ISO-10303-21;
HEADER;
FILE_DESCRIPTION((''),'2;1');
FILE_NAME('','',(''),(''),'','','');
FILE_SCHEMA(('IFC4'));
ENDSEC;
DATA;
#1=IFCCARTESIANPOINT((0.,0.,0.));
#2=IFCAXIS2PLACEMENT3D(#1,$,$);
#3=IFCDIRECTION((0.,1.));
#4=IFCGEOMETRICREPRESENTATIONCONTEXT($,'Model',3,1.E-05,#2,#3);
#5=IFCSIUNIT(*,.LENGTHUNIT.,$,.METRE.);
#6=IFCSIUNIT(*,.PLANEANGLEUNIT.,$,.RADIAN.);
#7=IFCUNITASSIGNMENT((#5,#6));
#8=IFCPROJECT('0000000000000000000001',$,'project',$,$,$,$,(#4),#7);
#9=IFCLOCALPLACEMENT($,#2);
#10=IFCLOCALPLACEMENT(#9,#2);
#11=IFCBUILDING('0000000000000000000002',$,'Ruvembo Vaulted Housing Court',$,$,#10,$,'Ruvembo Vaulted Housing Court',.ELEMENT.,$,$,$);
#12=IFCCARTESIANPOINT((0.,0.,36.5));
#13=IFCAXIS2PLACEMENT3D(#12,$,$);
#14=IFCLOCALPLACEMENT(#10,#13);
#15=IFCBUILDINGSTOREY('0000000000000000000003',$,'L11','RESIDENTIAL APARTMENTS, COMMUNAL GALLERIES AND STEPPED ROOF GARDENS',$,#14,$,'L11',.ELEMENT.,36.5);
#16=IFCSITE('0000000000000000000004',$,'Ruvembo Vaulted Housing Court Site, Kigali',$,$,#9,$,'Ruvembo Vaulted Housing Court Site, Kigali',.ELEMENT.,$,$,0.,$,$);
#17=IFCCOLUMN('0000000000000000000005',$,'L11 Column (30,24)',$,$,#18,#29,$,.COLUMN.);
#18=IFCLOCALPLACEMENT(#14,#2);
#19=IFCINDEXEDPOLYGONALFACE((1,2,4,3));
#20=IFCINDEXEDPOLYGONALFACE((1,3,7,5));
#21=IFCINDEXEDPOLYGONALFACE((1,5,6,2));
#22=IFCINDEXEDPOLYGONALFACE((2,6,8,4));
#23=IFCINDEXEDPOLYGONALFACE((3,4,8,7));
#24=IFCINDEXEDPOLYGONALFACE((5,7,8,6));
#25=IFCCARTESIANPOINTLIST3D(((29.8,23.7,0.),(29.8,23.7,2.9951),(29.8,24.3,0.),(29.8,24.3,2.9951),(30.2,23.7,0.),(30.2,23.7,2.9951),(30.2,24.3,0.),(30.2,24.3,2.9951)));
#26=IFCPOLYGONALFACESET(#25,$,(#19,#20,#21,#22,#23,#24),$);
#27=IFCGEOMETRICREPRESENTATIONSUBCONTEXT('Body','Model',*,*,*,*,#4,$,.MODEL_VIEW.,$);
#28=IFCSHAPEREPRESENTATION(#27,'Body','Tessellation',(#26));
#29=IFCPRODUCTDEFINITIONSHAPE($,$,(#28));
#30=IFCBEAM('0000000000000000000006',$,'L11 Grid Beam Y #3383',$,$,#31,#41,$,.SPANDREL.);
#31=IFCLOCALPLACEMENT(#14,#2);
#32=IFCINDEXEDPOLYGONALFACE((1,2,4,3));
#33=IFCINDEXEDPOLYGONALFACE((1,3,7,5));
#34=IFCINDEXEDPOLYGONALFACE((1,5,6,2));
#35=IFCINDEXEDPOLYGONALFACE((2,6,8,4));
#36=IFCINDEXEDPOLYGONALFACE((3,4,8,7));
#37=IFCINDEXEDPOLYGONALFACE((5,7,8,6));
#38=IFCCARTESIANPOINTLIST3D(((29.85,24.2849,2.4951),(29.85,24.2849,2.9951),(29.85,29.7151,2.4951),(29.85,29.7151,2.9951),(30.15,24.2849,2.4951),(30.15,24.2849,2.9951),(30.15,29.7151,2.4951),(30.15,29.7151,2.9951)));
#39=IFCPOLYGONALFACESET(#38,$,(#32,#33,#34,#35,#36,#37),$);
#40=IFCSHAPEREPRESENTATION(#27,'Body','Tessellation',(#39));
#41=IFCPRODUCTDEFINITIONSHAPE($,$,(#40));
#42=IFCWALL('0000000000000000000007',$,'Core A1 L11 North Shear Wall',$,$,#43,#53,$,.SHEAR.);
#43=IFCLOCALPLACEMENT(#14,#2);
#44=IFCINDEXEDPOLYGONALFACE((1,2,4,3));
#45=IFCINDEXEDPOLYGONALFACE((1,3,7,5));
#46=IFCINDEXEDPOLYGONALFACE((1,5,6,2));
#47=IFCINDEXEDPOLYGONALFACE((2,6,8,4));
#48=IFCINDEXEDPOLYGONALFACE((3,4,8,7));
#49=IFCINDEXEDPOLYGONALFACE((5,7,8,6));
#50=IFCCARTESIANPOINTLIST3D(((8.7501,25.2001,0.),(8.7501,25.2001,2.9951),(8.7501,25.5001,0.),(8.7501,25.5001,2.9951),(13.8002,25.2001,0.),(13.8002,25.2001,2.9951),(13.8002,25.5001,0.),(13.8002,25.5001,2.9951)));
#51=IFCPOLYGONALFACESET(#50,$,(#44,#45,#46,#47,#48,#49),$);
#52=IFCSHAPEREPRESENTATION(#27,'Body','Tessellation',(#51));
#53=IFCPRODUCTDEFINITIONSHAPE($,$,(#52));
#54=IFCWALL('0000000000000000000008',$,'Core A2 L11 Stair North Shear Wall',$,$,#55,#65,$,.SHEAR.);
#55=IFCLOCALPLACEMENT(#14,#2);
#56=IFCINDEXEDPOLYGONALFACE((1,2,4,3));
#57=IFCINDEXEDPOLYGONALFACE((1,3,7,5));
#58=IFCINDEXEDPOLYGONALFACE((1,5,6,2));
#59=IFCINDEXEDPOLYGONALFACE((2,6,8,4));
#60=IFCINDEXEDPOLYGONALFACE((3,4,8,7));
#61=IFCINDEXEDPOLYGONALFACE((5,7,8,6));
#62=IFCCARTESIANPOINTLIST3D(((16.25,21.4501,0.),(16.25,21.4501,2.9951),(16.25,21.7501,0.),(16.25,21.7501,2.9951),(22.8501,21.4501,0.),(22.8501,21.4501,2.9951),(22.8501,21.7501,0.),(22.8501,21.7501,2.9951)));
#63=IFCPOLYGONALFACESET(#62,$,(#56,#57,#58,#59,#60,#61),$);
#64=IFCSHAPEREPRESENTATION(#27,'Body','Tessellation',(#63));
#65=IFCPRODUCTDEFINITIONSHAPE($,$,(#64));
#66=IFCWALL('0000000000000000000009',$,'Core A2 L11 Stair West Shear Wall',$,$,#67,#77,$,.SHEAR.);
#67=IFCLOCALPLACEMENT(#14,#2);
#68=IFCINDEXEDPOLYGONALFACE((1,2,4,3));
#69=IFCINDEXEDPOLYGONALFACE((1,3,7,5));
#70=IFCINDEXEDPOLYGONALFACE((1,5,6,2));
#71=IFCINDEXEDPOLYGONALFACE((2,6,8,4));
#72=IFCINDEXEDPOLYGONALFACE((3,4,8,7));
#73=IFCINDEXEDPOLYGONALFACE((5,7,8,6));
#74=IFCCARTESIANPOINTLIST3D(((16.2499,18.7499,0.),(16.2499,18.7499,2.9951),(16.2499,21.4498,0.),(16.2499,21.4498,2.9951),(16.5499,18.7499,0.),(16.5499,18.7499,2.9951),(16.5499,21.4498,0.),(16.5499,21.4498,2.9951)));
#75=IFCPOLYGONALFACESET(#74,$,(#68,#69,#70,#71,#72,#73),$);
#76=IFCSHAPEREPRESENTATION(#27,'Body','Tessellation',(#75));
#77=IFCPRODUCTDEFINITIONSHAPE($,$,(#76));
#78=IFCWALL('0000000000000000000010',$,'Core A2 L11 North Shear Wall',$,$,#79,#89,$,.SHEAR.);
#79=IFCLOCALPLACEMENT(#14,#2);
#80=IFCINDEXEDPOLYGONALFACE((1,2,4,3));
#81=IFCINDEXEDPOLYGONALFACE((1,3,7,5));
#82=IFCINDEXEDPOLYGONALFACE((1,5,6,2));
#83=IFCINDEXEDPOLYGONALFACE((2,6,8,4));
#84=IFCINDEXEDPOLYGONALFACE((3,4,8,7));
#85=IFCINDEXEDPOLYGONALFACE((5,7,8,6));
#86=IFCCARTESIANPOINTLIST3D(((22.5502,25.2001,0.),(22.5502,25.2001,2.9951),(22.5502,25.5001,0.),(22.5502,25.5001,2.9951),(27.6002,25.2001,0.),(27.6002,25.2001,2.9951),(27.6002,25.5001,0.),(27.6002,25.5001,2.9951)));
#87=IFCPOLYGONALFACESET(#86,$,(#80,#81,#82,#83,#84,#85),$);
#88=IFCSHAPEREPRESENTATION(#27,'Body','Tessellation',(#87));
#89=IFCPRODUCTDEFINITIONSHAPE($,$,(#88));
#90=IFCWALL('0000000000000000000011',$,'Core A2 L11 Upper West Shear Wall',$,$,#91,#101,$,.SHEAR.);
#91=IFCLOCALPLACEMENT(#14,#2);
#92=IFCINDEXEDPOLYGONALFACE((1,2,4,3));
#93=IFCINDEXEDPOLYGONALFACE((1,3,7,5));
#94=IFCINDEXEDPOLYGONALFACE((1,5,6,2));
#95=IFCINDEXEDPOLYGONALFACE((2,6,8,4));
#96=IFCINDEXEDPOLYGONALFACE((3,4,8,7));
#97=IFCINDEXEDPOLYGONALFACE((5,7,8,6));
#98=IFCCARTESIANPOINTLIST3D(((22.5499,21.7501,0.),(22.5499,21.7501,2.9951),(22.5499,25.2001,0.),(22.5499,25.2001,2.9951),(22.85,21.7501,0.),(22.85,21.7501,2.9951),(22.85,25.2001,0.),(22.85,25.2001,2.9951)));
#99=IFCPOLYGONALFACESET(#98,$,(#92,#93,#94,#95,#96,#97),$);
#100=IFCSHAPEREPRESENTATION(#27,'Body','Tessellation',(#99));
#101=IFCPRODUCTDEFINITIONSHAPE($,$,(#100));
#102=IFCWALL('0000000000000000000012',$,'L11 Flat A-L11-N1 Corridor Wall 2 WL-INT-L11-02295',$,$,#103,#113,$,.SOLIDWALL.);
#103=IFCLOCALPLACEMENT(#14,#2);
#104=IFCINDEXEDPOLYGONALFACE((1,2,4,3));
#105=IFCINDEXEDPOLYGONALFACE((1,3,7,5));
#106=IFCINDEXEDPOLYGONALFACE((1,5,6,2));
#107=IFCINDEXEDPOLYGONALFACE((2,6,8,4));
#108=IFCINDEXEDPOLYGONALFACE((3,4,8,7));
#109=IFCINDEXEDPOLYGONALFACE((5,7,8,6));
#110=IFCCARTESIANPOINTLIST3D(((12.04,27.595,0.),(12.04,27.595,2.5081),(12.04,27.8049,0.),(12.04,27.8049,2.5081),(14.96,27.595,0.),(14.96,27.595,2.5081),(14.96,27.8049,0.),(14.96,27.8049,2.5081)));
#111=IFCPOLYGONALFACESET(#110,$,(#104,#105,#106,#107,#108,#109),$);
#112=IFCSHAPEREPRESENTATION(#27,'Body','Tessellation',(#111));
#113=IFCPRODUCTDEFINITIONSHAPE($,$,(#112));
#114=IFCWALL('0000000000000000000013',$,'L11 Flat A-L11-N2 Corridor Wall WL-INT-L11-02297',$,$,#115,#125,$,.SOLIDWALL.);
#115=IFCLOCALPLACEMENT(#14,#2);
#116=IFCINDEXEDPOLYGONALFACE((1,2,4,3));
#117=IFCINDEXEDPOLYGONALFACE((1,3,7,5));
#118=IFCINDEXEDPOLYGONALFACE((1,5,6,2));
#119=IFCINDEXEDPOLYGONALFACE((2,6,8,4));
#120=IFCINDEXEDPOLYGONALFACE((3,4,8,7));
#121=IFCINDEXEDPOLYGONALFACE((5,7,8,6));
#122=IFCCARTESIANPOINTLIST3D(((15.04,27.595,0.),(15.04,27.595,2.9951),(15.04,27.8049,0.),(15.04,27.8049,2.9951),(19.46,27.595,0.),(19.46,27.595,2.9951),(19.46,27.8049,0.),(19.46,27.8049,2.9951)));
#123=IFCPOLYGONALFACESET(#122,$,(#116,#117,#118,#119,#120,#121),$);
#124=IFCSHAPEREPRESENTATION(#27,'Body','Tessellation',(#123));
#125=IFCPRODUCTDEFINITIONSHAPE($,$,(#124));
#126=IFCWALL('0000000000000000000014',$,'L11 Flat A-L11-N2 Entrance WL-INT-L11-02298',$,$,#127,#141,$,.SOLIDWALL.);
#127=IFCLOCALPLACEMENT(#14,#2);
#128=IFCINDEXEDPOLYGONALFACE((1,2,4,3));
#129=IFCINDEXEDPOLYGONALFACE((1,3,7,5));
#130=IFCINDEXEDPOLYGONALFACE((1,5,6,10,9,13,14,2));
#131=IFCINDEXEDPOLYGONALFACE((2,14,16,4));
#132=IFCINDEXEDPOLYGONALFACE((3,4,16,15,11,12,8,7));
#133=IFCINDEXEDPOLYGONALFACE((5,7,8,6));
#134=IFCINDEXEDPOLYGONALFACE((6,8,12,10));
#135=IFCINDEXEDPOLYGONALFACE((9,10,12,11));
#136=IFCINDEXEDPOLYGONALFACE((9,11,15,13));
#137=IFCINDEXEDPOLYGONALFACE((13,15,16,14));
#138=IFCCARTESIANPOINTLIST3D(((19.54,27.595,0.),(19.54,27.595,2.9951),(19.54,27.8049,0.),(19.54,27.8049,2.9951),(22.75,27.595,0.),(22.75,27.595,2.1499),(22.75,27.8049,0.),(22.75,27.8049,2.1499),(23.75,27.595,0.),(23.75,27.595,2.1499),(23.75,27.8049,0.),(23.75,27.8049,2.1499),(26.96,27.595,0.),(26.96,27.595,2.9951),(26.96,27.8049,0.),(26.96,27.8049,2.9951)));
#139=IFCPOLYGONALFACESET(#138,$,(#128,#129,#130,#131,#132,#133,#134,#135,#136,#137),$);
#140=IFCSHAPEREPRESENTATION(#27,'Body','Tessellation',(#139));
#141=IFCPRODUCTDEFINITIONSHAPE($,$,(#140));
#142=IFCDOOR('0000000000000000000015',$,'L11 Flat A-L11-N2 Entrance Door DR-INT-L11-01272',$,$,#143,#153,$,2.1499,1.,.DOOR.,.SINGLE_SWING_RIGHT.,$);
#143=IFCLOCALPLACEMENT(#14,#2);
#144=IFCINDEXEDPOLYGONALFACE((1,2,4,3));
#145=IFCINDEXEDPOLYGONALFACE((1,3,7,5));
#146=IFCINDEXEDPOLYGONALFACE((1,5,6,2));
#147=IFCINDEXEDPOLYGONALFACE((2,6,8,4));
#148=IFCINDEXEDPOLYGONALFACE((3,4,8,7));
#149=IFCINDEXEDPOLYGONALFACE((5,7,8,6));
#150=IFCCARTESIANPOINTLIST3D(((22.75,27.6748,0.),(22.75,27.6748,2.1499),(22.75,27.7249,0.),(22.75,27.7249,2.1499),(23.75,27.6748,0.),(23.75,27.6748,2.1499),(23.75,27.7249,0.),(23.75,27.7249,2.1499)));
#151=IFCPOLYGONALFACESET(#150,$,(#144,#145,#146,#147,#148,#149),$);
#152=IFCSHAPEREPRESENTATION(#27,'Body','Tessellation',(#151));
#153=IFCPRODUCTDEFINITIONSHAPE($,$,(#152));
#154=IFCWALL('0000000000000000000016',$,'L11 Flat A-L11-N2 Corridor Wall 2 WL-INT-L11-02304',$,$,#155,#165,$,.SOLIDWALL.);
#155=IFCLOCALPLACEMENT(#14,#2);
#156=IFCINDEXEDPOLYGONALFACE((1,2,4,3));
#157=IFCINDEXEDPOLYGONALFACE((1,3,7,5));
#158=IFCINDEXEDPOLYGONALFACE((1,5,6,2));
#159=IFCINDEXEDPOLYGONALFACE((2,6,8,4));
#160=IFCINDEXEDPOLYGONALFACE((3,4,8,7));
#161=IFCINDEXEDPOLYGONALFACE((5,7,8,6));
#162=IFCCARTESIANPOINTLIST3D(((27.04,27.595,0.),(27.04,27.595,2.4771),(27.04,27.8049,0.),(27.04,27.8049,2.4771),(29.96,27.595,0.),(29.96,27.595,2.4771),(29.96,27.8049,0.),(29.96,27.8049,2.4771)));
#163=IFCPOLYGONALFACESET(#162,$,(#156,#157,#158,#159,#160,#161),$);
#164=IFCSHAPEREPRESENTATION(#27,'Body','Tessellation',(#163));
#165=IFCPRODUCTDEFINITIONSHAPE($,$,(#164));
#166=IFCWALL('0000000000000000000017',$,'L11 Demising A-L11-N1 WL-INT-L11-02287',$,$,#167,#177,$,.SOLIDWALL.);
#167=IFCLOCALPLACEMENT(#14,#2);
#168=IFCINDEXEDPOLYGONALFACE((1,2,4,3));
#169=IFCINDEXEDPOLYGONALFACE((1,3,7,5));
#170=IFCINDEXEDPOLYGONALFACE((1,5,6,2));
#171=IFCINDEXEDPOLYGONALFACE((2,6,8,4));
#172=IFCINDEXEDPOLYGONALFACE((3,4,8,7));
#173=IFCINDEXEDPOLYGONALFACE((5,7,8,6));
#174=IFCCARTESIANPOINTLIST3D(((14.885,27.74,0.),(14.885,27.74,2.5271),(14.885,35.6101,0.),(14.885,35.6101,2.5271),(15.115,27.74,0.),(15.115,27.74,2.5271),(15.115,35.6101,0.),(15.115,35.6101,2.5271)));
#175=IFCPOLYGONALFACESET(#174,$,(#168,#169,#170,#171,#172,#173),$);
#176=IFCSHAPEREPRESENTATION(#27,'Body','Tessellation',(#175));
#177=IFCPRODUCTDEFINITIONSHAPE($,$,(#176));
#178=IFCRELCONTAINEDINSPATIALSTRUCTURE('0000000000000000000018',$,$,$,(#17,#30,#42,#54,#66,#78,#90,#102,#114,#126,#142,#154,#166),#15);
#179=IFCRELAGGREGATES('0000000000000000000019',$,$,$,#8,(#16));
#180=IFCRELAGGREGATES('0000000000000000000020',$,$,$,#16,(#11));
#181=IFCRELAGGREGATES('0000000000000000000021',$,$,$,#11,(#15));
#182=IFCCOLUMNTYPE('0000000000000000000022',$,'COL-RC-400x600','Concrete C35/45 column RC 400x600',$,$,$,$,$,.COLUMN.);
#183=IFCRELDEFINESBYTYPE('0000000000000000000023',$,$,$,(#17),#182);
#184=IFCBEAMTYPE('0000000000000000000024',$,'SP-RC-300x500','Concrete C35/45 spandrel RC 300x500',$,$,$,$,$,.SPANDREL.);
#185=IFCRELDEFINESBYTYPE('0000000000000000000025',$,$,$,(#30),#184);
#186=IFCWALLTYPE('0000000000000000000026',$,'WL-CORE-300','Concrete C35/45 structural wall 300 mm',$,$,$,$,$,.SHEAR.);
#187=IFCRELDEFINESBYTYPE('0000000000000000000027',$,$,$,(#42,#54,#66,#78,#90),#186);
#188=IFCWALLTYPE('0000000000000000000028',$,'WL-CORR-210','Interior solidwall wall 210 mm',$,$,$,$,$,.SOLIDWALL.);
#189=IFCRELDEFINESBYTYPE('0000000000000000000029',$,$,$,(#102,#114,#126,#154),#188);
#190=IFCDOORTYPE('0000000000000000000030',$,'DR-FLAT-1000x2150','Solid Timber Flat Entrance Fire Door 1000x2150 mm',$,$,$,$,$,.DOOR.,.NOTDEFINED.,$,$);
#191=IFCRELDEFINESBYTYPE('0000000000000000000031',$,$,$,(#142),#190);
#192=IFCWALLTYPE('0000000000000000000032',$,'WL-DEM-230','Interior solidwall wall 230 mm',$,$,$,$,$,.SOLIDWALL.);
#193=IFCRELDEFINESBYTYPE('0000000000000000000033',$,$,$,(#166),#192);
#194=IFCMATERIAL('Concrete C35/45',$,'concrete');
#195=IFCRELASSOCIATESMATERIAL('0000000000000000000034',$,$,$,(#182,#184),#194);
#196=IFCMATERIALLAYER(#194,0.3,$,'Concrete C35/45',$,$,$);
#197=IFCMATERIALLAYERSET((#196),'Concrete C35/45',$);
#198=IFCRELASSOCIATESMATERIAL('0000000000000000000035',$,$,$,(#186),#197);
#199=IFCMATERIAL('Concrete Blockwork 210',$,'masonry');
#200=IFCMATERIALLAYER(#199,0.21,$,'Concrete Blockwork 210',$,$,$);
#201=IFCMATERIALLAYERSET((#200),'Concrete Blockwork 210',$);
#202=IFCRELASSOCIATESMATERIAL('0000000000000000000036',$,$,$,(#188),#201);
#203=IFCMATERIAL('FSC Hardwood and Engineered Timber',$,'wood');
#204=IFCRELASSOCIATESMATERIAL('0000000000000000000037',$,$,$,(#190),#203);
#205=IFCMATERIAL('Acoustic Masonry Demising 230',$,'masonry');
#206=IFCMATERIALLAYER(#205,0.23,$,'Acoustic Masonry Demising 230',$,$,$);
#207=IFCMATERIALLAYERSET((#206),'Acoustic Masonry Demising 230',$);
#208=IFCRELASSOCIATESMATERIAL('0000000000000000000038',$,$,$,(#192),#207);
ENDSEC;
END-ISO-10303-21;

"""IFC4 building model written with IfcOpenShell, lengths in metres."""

from ifc_helpers import new_model, si_unit, direction, frame, frame_2d, origin, origin_2d, place, context, subcontext, project, spatial, rectangle, extrude, material, layer, layer_set, material_profile, profile_set, type_object, element, fill, save


model = new_model("IFC4")

# Units and contexts
model_context = context("Model", 3, precision=1e-05, world=origin(), true_north=direction((0.0, 1.0)))
body_context = subcontext(model_context, "Body", "Model", "MODEL_VIEW")
ifc_project = project(units=[si_unit("LENGTHUNIT", "METRE"), si_unit("PLANEANGLEUNIT", "RADIAN")], contexts=[model_context])

# Site, building, storey
site_placement = place(None, origin())
site = spatial("IfcSite", under=ifc_project, at=site_placement, Name="Ruvembo Vaulted Housing Court Site, Kigali", LongName="Ruvembo Vaulted Housing Court Site, Kigali", CompositionType="ELEMENT", RefElevation=0.0)
building_placement = place(site_placement, origin())
building = spatial("IfcBuilding", under=site, at=building_placement, Name="Ruvembo Vaulted Housing Court", LongName="Ruvembo Vaulted Housing Court", CompositionType="ELEMENT")
storey_placement = place(building_placement, frame((0.0, 0.0, 36.5)))
storey = spatial("IfcBuildingStorey", under=building, at=storey_placement, Name="L11", Description="RESIDENTIAL APARTMENTS, COMMUNAL GALLERIES AND STEPPED ROOF GARDENS", LongName="L11", CompositionType="ELEMENT", Elevation=36.5)

# Column
ifc_material_1 = material(Name="Concrete C35/45", Category="concrete")
ifc_material_profile_1 = material_profile(ifc_material_1, rectangle(XDim=0.3999, YDim=0.6001, at=origin_2d()), Name="RC 400x600")
ifc_profile_set_1 = profile_set([ifc_material_profile_1], Name="Concrete C35/45")
column_type = type_object("IfcColumnType", Name="COL-RC-400x600", Description="Concrete C35/45 column RC 400x600", PredefinedType="COLUMN", material=ifc_profile_set_1)
column_placement = place(storey_placement, frame((30.0, 24.0, 0.0), z_axis=(0.0, 0.0, 1.0), x_axis=(1.0, 0.0, 0.0)))
element("IfcColumn", 1, at=column_placement, inside=storey, type_object=column_type, Name="L11 Column (30,24)", PredefinedType="COLUMN", context=body_context, shape_type="SweptSolid", body=[
    extrude(rectangle(XDim=0.3999, YDim=0.6001, at=origin_2d()), origin(), (0.0, 0.0, 1.0), 2.9951),
])

# Beam
ifc_material_profile_2 = material_profile(ifc_material_1, rectangle(XDim=0.3, YDim=0.5, at=origin_2d()), Name="RC 300x500")
ifc_profile_set_2 = profile_set([ifc_material_profile_2], Name="Concrete C35/45")
beam_type = type_object("IfcBeamType", Name="SP-RC-300x500", Description="Concrete C35/45 spandrel RC 300x500", PredefinedType="SPANDREL", material=ifc_profile_set_2)
beam_placement = place(storey_placement, frame((30.0, 24.2849, 2.7451), z_axis=(0.0, 1.0, 0.0), x_axis=(-1.0, 0.0, 0.0)))
element("IfcBeam", 2, at=beam_placement, inside=storey, type_object=beam_type, Name="L11 Grid Beam Y #3383", PredefinedType="SPANDREL", context=body_context, shape_type="SweptSolid", body=[
    extrude(rectangle(XDim=0.3, YDim=0.5, at=origin_2d()), origin(), (0.0, 0.0, 1.0), 5.4302),
])

# Walls
ifc_layer_1 = layer(ifc_material_1, 0.3, Name="Concrete C35/45")
ifc_layer_set_1 = layer_set([ifc_layer_1], Name="Concrete C35/45")
wall_type_1 = type_object("IfcWallType", Name="WL-CORE-300", Description="Concrete C35/45 structural wall 300 mm", PredefinedType="SHEAR", material=ifc_layer_set_1)
wall_1_placement = place(storey_placement, frame((13.8, 25.3501, 0.0), z_axis=(0.0, 0.0, 1.0), x_axis=(-1.0, 0.0, 0.0)))
element("IfcWall", 3, at=wall_1_placement, inside=storey, type_object=wall_type_1, Name="Core A1 L11 North Shear Wall", PredefinedType="SHEAR", context=body_context, shape_type="SweptSolid", body=[
    extrude(rectangle(XDim=5.05, YDim=0.3, at=frame_2d((2.5249, 0.0))), origin(), (0.0, 0.0, 1.0), 2.9951),
])
wall_2_placement = place(storey_placement, frame((22.8501, 21.6001, 0.0), z_axis=(0.0, 0.0, 1.0), x_axis=(-1.0, 0.0, 0.0)))
element("IfcWall", 4, at=wall_2_placement, inside=storey, type_object=wall_type_1, Name="Core A2 L11 Stair North Shear Wall", PredefinedType="SHEAR", context=body_context, shape_type="SweptSolid", body=[
    extrude(rectangle(XDim=6.6001, YDim=0.3, at=frame_2d((3.3, 0.0))), origin(), (0.0, 0.0, 1.0), 2.9951),
])
wall_3_placement = place(storey_placement, frame((16.3999, 21.45, 0.0), z_axis=(0.0, 0.0, 1.0), x_axis=(0.0, -1.0, 0.0)))
element("IfcWall", 5, at=wall_3_placement, inside=storey, type_object=wall_type_1, Name="Core A2 L11 Stair West Shear Wall", PredefinedType="SHEAR", context=body_context, shape_type="SweptSolid", body=[
    extrude(rectangle(XDim=2.7, YDim=0.3, at=frame_2d((1.3501, 0.0))), origin(), (0.0, 0.0, 1.0), 2.9951),
])
wall_4_placement = place(storey_placement, frame((27.6001, 25.3501, 0.0), z_axis=(0.0, 0.0, 1.0), x_axis=(-1.0, 0.0, 0.0)))
element("IfcWall", 6, at=wall_4_placement, inside=storey, type_object=wall_type_1, Name="Core A2 L11 North Shear Wall", PredefinedType="SHEAR", context=body_context, shape_type="SweptSolid", body=[
    extrude(rectangle(XDim=5.05, YDim=0.3, at=frame_2d((2.5249, 0.0))), origin(), (0.0, 0.0, 1.0), 2.9951),
])
wall_5_placement = place(storey_placement, frame((22.7, 21.75, 0.0), z_axis=(0.0, 0.0, 1.0), x_axis=(0.0, 1.0, 0.0)))
element("IfcWall", 7, at=wall_5_placement, inside=storey, type_object=wall_type_1, Name="Core A2 L11 Upper West Shear Wall", PredefinedType="SHEAR", context=body_context, shape_type="SweptSolid", body=[
    extrude(rectangle(XDim=3.45, YDim=0.3, at=frame_2d((1.7251, 0.0))), origin(), (0.0, 0.0, 1.0), 2.9951),
])
ifc_material_2 = material(Name="Concrete Blockwork 210", Category="masonry")
ifc_layer_2 = layer(ifc_material_2, 0.21, Name="Concrete Blockwork 210")
ifc_layer_set_2 = layer_set([ifc_layer_2], Name="Concrete Blockwork 210")
wall_type_2 = type_object("IfcWallType", Name="WL-CORR-210", Description="Interior solidwall wall 210 mm", PredefinedType="SOLIDWALL", material=ifc_layer_set_2)
wall_6_placement = place(storey_placement, frame((12.04, 27.7, 0.0), z_axis=(0.0, 0.0, 1.0), x_axis=(1.0, 0.0, 0.0)))
element("IfcWall", 8, at=wall_6_placement, inside=storey, type_object=wall_type_2, Name="L11 Flat A-L11-N1 Corridor Wall 2 WL-INT-L11-02295", PredefinedType="SOLIDWALL", context=body_context, shape_type="SweptSolid", body=[
    extrude(rectangle(XDim=2.9199, YDim=0.21, at=frame_2d((1.46, 0.0))), origin(), (0.0, 0.0, 1.0), 2.5081),
])
wall_7_placement = place(storey_placement, frame((15.04, 27.7, 0.0), z_axis=(0.0, 0.0, 1.0), x_axis=(1.0, 0.0, 0.0)))
element("IfcWall", 9, at=wall_7_placement, inside=storey, type_object=wall_type_2, Name="L11 Flat A-L11-N2 Corridor Wall WL-INT-L11-02297", PredefinedType="SOLIDWALL", context=body_context, shape_type="SweptSolid", body=[
    extrude(rectangle(XDim=4.4199, YDim=0.21, at=frame_2d((2.21, 0.0))), origin(), (0.0, 0.0, 1.0), 2.9951),
])

# Wall, opening, door
wall_8_placement = place(storey_placement, frame((19.54, 27.7, 0.0), z_axis=(0.0, 0.0, 1.0), x_axis=(1.0, 0.0, 0.0)))
wall_8 = element("IfcWall", 10, at=wall_8_placement, inside=storey, type_object=wall_type_2, Name="L11 Flat A-L11-N2 Entrance WL-INT-L11-02298", PredefinedType="SOLIDWALL", context=body_context, shape_type="SweptSolid", body=[
    extrude(rectangle(XDim=7.4199, YDim=0.21, at=frame_2d((3.71, 0.0))), origin(), (0.0, 0.0, 1.0), 2.9951),
])
opening_1_placement = place(wall_8_placement, frame((3.21, 0.0, 0.0)))
opening_1 = element("IfcOpeningElement", 11, at=opening_1_placement, cuts=wall_8, PredefinedType="OPENING", context=body_context, shape_type="SweptSolid", body=[
    extrude(rectangle(XDim=1.0, YDim=2.1499, at=frame_2d((0.5, 1.075))), frame((0.0, 0.115, 0.0), z_axis=(0.0, -1.0, 0.0), x_axis=(1.0, 0.0, 0.0)), (0.0, 0.0, 1.0), 0.23),
])
ifc_material_3 = material(Name="FSC Hardwood and Engineered Timber", Category="wood")
door_type_1 = type_object("IfcDoorType", Name="DR-FLAT-1000x2150", Description="Solid Timber Flat Entrance Fire Door 1000x2150 mm", OperationType="NOTDEFINED", PredefinedType="DOOR", material=ifc_material_3)
door_1_placement = place(opening_1_placement, origin())
door_1 = element("IfcDoor", 12, at=door_1_placement, inside=storey, type_object=door_type_1, Name="L11 Flat A-L11-N2 Entrance Door DR-INT-L11-01272", OperationType="SINGLE_SWING_RIGHT", OverallHeight=2.1499, OverallWidth=1.0, PredefinedType="DOOR", context=body_context, shape_type="SweptSolid", body=[
    extrude(rectangle(XDim=1.0, YDim=2.1499, at=frame_2d((0.5, 1.075))), frame((0.0, 0.0249, 0.0), z_axis=(0.0, -1.0, 0.0), x_axis=(1.0, 0.0, 0.0)), (0.0, 0.0, 1.0), 0.05),
])
fill(opening_1, door_1)

# Walls
wall_9_placement = place(storey_placement, frame((27.04, 27.7, 0.0), z_axis=(0.0, 0.0, 1.0), x_axis=(1.0, 0.0, 0.0)))
element("IfcWall", 13, at=wall_9_placement, inside=storey, type_object=wall_type_2, Name="L11 Flat A-L11-N2 Corridor Wall 2 WL-INT-L11-02304", PredefinedType="SOLIDWALL", context=body_context, shape_type="SweptSolid", body=[
    extrude(rectangle(XDim=2.9199, YDim=0.21, at=frame_2d((1.46, 0.0))), origin(), (0.0, 0.0, 1.0), 2.4771),
])
ifc_material_4 = material(Name="Acoustic Masonry Demising 230", Category="masonry")
ifc_layer_3 = layer(ifc_material_4, 0.23, Name="Acoustic Masonry Demising 230")
ifc_layer_set_3 = layer_set([ifc_layer_3], Name="Acoustic Masonry Demising 230")
wall_type_3 = type_object("IfcWallType", Name="WL-DEM-230", Description="Interior solidwall wall 230 mm", PredefinedType="SOLIDWALL", material=ifc_layer_set_3)
wall_10_placement = place(storey_placement, frame((15.0, 27.74, 0.0), z_axis=(0.0, 0.0, 1.0), x_axis=(0.0, 1.0, 0.0)))
element("IfcWall", 14, at=wall_10_placement, inside=storey, type_object=wall_type_3, Name="L11 Demising A-L11-N1 WL-INT-L11-02287", PredefinedType="SOLIDWALL", context=body_context, shape_type="SweptSolid", body=[
    extrude(rectangle(XDim=7.8701, YDim=0.23, at=frame_2d((3.9351, 0.0))), origin(), (0.0, 0.0, 1.0), 2.5271),
])

save(model, "model.ifc")
